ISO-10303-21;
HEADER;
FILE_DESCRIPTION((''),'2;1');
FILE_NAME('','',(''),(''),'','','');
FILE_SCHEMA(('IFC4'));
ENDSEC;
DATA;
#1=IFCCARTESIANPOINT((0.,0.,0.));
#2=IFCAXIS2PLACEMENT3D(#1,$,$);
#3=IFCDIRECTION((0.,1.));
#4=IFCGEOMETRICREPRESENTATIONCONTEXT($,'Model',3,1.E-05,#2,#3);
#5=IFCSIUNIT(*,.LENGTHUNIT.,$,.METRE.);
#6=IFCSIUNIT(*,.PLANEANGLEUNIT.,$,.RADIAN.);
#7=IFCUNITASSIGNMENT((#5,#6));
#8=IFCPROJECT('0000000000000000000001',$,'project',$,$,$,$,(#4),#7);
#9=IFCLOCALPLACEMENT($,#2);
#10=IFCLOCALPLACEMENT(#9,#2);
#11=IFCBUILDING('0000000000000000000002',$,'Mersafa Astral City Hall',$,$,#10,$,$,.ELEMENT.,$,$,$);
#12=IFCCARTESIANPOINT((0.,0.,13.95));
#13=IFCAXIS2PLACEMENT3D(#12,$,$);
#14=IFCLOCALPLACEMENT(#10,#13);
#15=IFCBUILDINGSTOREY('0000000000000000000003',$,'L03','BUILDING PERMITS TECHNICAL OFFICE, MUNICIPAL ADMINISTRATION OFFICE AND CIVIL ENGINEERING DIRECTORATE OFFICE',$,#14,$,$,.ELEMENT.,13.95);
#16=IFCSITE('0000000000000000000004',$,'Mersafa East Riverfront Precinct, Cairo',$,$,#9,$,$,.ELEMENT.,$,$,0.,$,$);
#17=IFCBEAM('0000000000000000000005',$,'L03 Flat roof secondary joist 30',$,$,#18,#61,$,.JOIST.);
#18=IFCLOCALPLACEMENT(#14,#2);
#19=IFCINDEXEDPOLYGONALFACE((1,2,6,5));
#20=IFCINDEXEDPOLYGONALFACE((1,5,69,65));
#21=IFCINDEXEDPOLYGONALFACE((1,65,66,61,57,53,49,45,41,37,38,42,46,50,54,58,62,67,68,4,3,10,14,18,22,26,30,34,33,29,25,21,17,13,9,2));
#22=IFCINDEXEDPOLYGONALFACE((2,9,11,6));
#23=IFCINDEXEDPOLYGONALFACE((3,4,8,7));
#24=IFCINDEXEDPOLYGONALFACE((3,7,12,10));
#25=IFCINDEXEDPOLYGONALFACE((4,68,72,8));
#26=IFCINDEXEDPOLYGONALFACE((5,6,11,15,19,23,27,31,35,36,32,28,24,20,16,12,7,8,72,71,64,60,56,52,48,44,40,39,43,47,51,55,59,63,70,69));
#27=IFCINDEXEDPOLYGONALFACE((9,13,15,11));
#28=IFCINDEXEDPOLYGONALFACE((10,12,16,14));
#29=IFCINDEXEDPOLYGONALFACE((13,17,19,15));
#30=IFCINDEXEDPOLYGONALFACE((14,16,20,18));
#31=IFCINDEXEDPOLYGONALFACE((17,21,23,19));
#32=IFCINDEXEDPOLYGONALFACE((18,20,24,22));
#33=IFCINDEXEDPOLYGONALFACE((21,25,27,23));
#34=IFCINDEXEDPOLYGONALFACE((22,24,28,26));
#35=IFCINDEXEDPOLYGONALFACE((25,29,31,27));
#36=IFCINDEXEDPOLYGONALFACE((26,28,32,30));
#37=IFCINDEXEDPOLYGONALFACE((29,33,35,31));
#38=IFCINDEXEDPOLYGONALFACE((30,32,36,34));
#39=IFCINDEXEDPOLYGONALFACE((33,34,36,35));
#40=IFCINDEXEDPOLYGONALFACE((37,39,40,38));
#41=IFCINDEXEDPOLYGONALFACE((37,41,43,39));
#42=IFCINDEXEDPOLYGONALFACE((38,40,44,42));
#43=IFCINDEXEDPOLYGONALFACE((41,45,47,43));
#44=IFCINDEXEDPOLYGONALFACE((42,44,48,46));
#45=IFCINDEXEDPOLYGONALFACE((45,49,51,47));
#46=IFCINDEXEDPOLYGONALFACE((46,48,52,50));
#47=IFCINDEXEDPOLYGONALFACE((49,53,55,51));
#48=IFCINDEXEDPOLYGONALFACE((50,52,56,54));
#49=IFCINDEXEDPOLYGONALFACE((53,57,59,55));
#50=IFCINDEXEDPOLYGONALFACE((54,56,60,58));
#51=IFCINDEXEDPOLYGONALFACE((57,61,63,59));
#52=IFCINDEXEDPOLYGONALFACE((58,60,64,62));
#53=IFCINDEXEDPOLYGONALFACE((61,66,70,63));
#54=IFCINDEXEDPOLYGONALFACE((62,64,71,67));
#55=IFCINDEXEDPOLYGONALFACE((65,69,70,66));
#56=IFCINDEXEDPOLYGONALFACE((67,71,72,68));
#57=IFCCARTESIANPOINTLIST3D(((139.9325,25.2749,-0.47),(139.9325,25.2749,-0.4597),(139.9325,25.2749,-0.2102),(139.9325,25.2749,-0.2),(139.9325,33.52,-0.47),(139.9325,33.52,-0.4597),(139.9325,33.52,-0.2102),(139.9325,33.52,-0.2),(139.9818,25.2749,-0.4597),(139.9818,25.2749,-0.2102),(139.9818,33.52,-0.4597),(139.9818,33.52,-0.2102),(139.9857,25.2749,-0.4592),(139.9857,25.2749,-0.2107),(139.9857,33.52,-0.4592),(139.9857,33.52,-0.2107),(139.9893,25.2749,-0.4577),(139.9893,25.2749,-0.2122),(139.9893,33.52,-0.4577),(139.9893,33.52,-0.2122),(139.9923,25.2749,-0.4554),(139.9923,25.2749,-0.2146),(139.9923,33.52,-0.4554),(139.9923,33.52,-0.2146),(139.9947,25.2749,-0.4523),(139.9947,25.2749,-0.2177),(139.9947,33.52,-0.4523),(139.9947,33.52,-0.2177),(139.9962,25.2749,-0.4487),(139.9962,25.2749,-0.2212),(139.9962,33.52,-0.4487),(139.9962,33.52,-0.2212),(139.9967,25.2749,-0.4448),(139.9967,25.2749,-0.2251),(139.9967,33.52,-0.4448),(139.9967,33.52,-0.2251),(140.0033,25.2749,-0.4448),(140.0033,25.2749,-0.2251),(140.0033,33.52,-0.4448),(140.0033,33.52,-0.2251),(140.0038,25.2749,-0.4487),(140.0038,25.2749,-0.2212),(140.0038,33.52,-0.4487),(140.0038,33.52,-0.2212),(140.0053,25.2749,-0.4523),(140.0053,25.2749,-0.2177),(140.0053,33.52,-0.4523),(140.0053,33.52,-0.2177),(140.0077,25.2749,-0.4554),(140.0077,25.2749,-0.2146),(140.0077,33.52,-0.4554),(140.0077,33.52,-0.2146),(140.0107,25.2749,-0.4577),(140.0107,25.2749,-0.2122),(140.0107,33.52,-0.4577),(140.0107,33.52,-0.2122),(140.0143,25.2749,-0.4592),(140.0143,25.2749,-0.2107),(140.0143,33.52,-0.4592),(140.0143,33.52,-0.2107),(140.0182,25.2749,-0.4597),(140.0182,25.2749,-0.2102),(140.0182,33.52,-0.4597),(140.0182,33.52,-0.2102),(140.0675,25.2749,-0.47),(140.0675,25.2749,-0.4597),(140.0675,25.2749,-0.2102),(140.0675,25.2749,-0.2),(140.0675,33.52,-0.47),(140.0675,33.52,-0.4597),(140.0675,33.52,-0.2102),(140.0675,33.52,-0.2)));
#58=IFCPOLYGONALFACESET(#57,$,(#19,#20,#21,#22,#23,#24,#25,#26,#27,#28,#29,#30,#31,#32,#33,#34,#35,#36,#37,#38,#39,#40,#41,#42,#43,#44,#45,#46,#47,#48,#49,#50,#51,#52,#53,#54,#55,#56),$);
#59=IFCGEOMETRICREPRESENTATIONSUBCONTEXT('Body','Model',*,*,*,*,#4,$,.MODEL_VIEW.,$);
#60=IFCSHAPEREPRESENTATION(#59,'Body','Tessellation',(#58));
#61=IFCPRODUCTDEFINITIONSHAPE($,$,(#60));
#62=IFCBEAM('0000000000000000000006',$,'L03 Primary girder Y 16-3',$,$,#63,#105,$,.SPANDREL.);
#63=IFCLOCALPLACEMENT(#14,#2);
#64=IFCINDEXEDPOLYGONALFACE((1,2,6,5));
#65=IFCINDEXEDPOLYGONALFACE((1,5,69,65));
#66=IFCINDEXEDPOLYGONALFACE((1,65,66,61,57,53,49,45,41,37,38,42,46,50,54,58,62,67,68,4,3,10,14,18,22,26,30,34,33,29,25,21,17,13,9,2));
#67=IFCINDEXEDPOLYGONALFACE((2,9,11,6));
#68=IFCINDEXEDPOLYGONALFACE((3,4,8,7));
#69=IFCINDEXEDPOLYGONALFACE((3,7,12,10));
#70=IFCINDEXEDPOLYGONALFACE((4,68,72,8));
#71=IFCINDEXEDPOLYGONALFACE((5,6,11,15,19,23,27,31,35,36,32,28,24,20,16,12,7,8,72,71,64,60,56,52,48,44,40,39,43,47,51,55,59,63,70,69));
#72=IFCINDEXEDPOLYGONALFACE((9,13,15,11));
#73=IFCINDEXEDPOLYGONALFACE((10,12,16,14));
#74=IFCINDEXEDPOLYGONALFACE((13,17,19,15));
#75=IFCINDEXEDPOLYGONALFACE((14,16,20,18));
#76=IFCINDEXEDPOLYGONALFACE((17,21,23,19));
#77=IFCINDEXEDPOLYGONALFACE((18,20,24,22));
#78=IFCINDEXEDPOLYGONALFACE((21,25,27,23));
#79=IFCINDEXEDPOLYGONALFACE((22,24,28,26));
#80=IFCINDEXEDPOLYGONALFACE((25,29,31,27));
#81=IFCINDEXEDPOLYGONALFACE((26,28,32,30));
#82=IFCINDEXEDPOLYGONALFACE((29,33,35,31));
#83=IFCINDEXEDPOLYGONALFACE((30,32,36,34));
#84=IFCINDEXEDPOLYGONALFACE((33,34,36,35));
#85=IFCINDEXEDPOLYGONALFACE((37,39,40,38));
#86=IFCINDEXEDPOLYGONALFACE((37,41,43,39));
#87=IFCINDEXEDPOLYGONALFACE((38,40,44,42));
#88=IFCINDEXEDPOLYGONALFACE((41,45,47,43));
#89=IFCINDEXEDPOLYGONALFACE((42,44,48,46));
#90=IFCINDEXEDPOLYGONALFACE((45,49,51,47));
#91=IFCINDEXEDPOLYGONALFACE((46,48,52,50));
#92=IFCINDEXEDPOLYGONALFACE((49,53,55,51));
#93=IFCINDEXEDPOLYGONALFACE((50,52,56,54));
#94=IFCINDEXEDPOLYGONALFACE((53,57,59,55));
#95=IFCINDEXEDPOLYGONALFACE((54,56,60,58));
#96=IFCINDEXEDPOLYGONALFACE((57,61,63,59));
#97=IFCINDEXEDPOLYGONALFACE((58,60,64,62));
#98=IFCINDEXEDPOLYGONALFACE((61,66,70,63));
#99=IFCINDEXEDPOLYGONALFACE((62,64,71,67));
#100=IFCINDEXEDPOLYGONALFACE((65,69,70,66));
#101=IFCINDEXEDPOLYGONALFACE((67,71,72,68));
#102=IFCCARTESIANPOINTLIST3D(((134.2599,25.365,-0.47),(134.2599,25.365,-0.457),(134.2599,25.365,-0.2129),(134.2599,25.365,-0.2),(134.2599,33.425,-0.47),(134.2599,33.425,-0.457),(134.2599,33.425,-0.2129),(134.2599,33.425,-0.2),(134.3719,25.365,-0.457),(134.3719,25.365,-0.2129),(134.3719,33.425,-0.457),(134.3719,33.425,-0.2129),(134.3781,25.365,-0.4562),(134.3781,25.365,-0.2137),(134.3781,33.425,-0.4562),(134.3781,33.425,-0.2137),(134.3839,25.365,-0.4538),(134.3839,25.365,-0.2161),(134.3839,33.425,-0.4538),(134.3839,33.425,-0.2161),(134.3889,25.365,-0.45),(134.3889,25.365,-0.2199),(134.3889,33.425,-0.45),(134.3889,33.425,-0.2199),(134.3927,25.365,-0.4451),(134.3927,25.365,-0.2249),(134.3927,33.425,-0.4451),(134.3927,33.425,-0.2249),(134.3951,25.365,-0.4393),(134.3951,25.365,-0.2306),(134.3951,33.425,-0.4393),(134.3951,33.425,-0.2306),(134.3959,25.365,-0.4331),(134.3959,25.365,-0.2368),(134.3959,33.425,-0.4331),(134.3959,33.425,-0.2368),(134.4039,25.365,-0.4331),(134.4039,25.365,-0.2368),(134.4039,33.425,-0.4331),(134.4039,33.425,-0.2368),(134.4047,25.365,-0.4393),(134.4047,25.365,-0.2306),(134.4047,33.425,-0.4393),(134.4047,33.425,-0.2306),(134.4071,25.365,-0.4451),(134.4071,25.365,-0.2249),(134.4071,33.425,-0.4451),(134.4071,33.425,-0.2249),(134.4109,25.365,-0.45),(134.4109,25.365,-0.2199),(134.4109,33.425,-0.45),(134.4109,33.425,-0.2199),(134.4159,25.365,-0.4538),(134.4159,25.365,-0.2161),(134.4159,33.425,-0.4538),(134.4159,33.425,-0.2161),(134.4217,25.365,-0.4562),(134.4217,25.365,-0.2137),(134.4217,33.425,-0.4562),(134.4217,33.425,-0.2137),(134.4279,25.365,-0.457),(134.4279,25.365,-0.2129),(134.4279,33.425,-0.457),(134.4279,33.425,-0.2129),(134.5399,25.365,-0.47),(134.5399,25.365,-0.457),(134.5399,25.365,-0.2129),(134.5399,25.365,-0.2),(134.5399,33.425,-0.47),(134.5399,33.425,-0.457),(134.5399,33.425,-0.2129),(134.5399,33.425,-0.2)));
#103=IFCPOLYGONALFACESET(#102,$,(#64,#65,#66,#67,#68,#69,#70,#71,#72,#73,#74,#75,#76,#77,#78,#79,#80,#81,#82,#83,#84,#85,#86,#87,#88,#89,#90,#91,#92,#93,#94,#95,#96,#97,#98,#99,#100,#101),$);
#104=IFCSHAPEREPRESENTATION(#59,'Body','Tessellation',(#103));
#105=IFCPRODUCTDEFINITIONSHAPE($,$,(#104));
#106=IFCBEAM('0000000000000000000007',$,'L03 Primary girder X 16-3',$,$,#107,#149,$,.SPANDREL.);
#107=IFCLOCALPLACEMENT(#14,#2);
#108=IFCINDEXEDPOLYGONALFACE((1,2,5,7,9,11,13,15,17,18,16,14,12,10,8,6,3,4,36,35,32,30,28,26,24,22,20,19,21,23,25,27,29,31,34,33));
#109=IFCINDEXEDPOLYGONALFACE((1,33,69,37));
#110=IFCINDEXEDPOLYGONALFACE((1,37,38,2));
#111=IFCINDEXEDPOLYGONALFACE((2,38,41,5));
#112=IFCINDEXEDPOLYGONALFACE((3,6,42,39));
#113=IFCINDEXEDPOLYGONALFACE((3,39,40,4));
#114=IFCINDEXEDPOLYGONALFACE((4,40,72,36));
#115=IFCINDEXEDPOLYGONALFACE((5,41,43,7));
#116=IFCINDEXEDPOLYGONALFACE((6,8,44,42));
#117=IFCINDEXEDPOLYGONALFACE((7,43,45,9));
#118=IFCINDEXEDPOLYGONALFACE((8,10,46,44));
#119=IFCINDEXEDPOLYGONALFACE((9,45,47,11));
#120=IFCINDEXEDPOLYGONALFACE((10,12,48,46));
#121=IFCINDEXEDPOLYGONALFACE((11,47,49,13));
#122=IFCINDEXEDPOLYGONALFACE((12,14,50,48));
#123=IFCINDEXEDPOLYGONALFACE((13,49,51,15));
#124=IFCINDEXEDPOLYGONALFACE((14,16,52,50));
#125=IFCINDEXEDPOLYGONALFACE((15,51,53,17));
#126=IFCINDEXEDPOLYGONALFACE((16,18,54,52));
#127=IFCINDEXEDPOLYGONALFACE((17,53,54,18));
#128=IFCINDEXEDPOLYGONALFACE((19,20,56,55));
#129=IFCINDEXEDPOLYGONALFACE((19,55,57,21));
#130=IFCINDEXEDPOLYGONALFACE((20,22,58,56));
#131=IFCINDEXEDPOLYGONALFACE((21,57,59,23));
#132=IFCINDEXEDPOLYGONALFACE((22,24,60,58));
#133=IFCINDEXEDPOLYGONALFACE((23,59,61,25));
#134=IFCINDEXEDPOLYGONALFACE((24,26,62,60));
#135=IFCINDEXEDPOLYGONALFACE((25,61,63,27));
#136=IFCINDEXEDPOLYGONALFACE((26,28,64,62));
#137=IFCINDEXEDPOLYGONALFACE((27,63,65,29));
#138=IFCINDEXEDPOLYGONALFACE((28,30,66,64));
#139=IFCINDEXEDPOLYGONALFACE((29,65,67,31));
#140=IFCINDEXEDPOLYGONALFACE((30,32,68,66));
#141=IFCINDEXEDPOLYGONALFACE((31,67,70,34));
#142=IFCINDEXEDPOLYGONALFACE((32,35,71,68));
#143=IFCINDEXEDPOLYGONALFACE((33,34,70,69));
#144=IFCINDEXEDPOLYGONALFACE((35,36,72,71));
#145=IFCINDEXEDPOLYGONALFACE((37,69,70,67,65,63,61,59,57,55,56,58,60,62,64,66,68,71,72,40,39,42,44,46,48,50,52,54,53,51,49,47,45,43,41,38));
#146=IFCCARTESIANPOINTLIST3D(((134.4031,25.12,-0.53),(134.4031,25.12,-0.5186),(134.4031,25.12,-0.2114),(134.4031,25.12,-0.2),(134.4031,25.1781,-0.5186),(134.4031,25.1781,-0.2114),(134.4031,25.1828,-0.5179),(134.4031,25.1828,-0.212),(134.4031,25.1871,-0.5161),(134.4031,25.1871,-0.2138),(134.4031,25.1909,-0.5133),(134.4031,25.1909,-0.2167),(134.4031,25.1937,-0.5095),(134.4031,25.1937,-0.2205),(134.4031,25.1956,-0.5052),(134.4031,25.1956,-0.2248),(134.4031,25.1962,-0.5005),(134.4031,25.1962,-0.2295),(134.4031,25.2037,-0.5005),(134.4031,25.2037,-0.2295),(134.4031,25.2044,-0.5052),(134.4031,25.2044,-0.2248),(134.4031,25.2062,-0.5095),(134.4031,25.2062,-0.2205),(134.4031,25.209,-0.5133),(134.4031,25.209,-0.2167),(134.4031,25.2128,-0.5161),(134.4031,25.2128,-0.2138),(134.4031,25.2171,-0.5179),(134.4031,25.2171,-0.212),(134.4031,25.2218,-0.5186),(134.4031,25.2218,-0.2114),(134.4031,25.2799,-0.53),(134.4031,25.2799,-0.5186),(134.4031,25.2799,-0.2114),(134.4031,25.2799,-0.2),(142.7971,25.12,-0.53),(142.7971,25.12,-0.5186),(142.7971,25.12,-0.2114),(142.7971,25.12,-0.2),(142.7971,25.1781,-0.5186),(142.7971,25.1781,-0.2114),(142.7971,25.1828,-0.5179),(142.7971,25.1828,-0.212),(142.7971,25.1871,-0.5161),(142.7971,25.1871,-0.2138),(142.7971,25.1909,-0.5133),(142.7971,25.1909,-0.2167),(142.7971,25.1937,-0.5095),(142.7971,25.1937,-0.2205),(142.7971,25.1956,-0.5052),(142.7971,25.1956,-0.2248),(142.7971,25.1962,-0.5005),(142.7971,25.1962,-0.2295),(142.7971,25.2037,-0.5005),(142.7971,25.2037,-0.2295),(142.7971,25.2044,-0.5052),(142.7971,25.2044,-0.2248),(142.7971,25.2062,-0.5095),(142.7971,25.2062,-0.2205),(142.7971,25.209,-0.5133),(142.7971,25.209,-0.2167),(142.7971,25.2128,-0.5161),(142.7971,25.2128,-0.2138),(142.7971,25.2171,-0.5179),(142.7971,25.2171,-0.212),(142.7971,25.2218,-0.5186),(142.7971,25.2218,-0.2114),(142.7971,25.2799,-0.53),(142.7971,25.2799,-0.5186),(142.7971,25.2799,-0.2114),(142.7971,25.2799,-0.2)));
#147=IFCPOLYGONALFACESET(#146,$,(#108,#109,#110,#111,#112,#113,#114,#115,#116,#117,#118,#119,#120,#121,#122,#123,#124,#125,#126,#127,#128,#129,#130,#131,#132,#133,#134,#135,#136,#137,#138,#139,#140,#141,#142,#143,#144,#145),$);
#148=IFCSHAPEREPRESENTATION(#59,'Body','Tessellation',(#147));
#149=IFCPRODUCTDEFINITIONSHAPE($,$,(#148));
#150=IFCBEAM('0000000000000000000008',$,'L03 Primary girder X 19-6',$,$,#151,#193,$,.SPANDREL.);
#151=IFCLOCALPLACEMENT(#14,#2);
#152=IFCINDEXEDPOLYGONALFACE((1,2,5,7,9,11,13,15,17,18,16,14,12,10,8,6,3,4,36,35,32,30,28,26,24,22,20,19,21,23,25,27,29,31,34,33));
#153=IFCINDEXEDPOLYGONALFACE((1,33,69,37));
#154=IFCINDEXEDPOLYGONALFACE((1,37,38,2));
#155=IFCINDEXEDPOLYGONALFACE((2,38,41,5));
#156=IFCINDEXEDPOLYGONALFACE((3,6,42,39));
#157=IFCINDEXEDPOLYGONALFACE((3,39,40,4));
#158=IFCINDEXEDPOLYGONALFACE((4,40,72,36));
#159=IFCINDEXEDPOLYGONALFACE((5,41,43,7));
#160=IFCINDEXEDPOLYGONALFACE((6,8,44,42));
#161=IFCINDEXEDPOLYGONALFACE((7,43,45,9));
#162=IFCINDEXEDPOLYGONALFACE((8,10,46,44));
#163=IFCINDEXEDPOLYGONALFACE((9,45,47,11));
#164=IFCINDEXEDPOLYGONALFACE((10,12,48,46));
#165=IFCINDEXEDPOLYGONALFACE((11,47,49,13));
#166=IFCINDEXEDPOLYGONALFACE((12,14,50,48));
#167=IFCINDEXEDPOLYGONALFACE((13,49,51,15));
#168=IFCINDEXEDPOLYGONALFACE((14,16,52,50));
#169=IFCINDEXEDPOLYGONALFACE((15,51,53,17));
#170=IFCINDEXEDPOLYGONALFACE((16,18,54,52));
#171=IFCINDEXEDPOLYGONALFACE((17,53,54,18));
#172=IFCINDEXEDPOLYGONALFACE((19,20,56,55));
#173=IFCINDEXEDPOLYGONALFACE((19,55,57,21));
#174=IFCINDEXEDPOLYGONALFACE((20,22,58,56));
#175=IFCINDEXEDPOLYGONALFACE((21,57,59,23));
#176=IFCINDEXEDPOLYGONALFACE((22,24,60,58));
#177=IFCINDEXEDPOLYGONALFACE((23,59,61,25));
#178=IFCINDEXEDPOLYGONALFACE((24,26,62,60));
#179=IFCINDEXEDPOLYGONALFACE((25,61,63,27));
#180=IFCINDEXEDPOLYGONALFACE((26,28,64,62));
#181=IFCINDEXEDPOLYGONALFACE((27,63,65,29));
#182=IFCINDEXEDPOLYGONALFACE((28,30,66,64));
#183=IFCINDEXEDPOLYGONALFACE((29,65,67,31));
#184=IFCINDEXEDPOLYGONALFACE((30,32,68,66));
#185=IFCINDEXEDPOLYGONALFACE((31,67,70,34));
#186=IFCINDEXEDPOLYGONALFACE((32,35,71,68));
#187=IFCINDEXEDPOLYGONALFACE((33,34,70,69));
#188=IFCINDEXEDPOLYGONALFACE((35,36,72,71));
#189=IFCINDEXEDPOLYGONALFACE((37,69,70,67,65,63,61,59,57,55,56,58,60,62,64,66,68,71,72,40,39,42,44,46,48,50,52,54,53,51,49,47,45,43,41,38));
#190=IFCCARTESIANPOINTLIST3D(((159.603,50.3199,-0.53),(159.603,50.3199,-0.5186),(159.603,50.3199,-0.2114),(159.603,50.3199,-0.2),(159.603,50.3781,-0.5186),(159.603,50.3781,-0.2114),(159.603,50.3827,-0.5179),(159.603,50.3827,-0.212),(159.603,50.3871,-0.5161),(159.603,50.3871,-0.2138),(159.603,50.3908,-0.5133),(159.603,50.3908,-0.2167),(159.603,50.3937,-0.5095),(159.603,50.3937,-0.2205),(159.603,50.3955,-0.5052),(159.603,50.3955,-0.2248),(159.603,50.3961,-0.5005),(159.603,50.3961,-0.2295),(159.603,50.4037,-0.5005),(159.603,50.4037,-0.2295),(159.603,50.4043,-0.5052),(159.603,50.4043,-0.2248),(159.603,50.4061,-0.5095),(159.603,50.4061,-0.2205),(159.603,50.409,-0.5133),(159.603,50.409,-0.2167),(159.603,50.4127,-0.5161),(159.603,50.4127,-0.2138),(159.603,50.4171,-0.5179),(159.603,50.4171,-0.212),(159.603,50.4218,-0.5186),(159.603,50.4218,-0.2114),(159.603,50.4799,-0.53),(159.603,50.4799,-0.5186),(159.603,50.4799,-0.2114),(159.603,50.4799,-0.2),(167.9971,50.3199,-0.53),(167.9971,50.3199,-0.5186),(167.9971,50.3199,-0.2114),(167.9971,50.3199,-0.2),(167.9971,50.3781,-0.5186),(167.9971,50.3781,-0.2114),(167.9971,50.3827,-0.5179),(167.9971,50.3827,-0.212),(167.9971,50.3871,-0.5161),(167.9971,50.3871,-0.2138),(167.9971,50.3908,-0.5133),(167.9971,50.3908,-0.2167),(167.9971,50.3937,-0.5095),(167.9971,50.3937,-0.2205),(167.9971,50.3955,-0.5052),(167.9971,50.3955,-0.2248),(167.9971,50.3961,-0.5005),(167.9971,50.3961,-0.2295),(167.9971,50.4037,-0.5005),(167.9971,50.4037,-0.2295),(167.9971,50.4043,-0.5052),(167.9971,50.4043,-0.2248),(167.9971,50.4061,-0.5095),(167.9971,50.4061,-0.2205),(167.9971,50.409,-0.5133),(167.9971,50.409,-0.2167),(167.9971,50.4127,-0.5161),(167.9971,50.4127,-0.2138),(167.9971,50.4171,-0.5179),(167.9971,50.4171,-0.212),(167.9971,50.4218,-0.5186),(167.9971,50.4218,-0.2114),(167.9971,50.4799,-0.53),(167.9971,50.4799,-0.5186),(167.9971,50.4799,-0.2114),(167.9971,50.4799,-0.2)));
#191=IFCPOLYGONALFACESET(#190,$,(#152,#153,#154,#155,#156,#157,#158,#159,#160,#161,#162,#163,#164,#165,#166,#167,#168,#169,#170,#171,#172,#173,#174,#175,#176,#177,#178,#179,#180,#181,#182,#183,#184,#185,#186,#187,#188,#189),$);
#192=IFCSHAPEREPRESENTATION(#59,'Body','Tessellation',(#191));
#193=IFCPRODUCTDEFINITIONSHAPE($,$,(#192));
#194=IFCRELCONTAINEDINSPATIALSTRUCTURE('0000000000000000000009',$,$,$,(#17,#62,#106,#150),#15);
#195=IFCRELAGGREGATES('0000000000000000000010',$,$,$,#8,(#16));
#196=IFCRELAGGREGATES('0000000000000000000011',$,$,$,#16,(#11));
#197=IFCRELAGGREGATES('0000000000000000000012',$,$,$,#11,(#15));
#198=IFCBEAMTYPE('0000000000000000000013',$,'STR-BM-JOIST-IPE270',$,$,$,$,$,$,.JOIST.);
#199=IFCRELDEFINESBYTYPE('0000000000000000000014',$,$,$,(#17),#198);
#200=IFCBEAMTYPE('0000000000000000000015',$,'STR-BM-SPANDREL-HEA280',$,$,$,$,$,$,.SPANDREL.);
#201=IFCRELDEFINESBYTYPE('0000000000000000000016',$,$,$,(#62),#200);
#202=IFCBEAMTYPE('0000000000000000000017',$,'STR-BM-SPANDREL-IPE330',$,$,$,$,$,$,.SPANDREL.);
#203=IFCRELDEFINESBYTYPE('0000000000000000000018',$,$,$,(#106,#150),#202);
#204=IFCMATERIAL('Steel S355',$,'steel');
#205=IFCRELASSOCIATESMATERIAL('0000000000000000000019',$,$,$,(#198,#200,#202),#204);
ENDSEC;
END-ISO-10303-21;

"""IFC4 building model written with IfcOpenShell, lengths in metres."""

from ifc_helpers import new_model, si_unit, direction, frame, origin, origin_2d, place, context, subcontext, project, spatial, i_section, extrude, material, material_profile, profile_set, type_object, element, save


model = new_model("IFC4")

# Units and contexts
model_context = context("Model", 3, precision=1e-05, world=origin(), true_north=direction((0.0, 1.0)))
body_context = subcontext(model_context, "Body", "Model", "MODEL_VIEW")
ifc_project = project(units=[si_unit("LENGTHUNIT", "METRE"), si_unit("PLANEANGLEUNIT", "RADIAN")], contexts=[model_context])

# Site, building, storey
site_placement = place(None, origin())
site = spatial("IfcSite", under=ifc_project, at=site_placement, Name="Mersafa East Riverfront Precinct, Cairo", CompositionType="ELEMENT", RefElevation=0.0)
building_placement = place(site_placement, origin())
building = spatial("IfcBuilding", under=site, at=building_placement, Name="Mersafa Astral City Hall", CompositionType="ELEMENT")
storey_placement = place(building_placement, frame((0.0, 0.0, 13.95)))
storey = spatial("IfcBuildingStorey", under=building, at=storey_placement, Name="L03", Description="BUILDING PERMITS TECHNICAL OFFICE, MUNICIPAL ADMINISTRATION OFFICE AND CIVIL ENGINEERING DIRECTORATE OFFICE", CompositionType="ELEMENT", Elevation=13.95)

# Shared definitions
ifc_material_1 = material(Name="Steel S355", Category="steel")

# Beams
ifc_material_profile_1 = material_profile(ifc_material_1, i_section(OverallWidth=0.135, OverallDepth=0.27, WebThickness=0.0066, FlangeThickness=0.0103, FilletRadius=0.0149, at=origin_2d()), Name="IPE 270")
ifc_profile_set_1 = profile_set([ifc_material_profile_1], Name="Steel S355")
beam_type_1 = type_object("IfcBeamType", Name="STR-BM-JOIST-IPE270", PredefinedType="JOIST", material=ifc_profile_set_1)
for number, where, z_axis, x_axis, name in (
    (1, (140.0, 25.2749, -0.335), (0.0, 1.0, 0.0), (-1.0, 0.0, 0.0), "L03 Flat roof secondary joist 30"),
):
    element("IfcBeam", number, at=place(storey_placement, frame(where, z_axis=z_axis, x_axis=x_axis)), inside=storey, type_object=beam_type_1, Name=name, PredefinedType="JOIST", context=body_context, shape_type="SweptSolid", body=[
        extrude(i_section(OverallWidth=0.135, OverallDepth=0.27, WebThickness=0.0066, FlangeThickness=0.0103, FilletRadius=0.0149, at=origin_2d()), origin(), (0.0, 0.0, 1.0), 8.2451),
    ])
ifc_material_profile_2 = material_profile(ifc_material_1, i_section(OverallWidth=0.28, OverallDepth=0.27, WebThickness=0.0081, FlangeThickness=0.0129, FilletRadius=0.0239, at=origin_2d()), Name="HEA 280")
ifc_profile_set_2 = profile_set([ifc_material_profile_2], Name="Steel S355")
beam_type_2 = type_object("IfcBeamType", Name="STR-BM-SPANDREL-HEA280", PredefinedType="SPANDREL", material=ifc_profile_set_2)
beam_1_placement = place(storey_placement, frame((134.3999, 25.365, -0.335), z_axis=(0.0, 1.0, 0.0), x_axis=(-1.0, 0.0, 0.0)))
element("IfcBeam", 2, at=beam_1_placement, inside=storey, type_object=beam_type_2, Name="L03 Primary girder Y 16-3", PredefinedType="SPANDREL", context=body_context, shape_type="SweptSolid", body=[
    extrude(i_section(OverallWidth=0.28, OverallDepth=0.27, WebThickness=0.0081, FlangeThickness=0.0129, FilletRadius=0.0239, at=origin_2d()), origin(), (0.0, 0.0, 1.0), 8.0601),
])
ifc_material_profile_3 = material_profile(ifc_material_1, i_section(OverallWidth=0.1599, OverallDepth=0.3301, WebThickness=0.0076, FlangeThickness=0.0115, FilletRadius=0.0181, at=origin_2d()), Name="IPE 330")
ifc_profile_set_3 = profile_set([ifc_material_profile_3], Name="Steel S355")
beam_type_3 = type_object("IfcBeamType", Name="STR-BM-SPANDREL-IPE330", PredefinedType="SPANDREL", material=ifc_profile_set_3)
for number, where, z_axis, x_axis, name in (
    (3, (134.4031, 25.2, -0.365), (1.0, 0.0, 0.0), (0.0, 1.0, 0.0), "L03 Primary girder X 16-3"),
    (4, (159.603, 50.3999, -0.365), (1.0, 0.0, 0.0), (0.0, 1.0, 0.0), "L03 Primary girder X 19-6"),
):
    element("IfcBeam", number, at=place(storey_placement, frame(where, z_axis=z_axis, x_axis=x_axis)), inside=storey, type_object=beam_type_3, Name=name, PredefinedType="SPANDREL", context=body_context, shape_type="SweptSolid", body=[
        extrude(i_section(OverallWidth=0.1599, OverallDepth=0.3301, WebThickness=0.0076, FlangeThickness=0.0115, FilletRadius=0.0181, at=origin_2d()), origin(), (0.0, 0.0, 1.0), 8.394),
    ])

save(model, "model.ifc")
